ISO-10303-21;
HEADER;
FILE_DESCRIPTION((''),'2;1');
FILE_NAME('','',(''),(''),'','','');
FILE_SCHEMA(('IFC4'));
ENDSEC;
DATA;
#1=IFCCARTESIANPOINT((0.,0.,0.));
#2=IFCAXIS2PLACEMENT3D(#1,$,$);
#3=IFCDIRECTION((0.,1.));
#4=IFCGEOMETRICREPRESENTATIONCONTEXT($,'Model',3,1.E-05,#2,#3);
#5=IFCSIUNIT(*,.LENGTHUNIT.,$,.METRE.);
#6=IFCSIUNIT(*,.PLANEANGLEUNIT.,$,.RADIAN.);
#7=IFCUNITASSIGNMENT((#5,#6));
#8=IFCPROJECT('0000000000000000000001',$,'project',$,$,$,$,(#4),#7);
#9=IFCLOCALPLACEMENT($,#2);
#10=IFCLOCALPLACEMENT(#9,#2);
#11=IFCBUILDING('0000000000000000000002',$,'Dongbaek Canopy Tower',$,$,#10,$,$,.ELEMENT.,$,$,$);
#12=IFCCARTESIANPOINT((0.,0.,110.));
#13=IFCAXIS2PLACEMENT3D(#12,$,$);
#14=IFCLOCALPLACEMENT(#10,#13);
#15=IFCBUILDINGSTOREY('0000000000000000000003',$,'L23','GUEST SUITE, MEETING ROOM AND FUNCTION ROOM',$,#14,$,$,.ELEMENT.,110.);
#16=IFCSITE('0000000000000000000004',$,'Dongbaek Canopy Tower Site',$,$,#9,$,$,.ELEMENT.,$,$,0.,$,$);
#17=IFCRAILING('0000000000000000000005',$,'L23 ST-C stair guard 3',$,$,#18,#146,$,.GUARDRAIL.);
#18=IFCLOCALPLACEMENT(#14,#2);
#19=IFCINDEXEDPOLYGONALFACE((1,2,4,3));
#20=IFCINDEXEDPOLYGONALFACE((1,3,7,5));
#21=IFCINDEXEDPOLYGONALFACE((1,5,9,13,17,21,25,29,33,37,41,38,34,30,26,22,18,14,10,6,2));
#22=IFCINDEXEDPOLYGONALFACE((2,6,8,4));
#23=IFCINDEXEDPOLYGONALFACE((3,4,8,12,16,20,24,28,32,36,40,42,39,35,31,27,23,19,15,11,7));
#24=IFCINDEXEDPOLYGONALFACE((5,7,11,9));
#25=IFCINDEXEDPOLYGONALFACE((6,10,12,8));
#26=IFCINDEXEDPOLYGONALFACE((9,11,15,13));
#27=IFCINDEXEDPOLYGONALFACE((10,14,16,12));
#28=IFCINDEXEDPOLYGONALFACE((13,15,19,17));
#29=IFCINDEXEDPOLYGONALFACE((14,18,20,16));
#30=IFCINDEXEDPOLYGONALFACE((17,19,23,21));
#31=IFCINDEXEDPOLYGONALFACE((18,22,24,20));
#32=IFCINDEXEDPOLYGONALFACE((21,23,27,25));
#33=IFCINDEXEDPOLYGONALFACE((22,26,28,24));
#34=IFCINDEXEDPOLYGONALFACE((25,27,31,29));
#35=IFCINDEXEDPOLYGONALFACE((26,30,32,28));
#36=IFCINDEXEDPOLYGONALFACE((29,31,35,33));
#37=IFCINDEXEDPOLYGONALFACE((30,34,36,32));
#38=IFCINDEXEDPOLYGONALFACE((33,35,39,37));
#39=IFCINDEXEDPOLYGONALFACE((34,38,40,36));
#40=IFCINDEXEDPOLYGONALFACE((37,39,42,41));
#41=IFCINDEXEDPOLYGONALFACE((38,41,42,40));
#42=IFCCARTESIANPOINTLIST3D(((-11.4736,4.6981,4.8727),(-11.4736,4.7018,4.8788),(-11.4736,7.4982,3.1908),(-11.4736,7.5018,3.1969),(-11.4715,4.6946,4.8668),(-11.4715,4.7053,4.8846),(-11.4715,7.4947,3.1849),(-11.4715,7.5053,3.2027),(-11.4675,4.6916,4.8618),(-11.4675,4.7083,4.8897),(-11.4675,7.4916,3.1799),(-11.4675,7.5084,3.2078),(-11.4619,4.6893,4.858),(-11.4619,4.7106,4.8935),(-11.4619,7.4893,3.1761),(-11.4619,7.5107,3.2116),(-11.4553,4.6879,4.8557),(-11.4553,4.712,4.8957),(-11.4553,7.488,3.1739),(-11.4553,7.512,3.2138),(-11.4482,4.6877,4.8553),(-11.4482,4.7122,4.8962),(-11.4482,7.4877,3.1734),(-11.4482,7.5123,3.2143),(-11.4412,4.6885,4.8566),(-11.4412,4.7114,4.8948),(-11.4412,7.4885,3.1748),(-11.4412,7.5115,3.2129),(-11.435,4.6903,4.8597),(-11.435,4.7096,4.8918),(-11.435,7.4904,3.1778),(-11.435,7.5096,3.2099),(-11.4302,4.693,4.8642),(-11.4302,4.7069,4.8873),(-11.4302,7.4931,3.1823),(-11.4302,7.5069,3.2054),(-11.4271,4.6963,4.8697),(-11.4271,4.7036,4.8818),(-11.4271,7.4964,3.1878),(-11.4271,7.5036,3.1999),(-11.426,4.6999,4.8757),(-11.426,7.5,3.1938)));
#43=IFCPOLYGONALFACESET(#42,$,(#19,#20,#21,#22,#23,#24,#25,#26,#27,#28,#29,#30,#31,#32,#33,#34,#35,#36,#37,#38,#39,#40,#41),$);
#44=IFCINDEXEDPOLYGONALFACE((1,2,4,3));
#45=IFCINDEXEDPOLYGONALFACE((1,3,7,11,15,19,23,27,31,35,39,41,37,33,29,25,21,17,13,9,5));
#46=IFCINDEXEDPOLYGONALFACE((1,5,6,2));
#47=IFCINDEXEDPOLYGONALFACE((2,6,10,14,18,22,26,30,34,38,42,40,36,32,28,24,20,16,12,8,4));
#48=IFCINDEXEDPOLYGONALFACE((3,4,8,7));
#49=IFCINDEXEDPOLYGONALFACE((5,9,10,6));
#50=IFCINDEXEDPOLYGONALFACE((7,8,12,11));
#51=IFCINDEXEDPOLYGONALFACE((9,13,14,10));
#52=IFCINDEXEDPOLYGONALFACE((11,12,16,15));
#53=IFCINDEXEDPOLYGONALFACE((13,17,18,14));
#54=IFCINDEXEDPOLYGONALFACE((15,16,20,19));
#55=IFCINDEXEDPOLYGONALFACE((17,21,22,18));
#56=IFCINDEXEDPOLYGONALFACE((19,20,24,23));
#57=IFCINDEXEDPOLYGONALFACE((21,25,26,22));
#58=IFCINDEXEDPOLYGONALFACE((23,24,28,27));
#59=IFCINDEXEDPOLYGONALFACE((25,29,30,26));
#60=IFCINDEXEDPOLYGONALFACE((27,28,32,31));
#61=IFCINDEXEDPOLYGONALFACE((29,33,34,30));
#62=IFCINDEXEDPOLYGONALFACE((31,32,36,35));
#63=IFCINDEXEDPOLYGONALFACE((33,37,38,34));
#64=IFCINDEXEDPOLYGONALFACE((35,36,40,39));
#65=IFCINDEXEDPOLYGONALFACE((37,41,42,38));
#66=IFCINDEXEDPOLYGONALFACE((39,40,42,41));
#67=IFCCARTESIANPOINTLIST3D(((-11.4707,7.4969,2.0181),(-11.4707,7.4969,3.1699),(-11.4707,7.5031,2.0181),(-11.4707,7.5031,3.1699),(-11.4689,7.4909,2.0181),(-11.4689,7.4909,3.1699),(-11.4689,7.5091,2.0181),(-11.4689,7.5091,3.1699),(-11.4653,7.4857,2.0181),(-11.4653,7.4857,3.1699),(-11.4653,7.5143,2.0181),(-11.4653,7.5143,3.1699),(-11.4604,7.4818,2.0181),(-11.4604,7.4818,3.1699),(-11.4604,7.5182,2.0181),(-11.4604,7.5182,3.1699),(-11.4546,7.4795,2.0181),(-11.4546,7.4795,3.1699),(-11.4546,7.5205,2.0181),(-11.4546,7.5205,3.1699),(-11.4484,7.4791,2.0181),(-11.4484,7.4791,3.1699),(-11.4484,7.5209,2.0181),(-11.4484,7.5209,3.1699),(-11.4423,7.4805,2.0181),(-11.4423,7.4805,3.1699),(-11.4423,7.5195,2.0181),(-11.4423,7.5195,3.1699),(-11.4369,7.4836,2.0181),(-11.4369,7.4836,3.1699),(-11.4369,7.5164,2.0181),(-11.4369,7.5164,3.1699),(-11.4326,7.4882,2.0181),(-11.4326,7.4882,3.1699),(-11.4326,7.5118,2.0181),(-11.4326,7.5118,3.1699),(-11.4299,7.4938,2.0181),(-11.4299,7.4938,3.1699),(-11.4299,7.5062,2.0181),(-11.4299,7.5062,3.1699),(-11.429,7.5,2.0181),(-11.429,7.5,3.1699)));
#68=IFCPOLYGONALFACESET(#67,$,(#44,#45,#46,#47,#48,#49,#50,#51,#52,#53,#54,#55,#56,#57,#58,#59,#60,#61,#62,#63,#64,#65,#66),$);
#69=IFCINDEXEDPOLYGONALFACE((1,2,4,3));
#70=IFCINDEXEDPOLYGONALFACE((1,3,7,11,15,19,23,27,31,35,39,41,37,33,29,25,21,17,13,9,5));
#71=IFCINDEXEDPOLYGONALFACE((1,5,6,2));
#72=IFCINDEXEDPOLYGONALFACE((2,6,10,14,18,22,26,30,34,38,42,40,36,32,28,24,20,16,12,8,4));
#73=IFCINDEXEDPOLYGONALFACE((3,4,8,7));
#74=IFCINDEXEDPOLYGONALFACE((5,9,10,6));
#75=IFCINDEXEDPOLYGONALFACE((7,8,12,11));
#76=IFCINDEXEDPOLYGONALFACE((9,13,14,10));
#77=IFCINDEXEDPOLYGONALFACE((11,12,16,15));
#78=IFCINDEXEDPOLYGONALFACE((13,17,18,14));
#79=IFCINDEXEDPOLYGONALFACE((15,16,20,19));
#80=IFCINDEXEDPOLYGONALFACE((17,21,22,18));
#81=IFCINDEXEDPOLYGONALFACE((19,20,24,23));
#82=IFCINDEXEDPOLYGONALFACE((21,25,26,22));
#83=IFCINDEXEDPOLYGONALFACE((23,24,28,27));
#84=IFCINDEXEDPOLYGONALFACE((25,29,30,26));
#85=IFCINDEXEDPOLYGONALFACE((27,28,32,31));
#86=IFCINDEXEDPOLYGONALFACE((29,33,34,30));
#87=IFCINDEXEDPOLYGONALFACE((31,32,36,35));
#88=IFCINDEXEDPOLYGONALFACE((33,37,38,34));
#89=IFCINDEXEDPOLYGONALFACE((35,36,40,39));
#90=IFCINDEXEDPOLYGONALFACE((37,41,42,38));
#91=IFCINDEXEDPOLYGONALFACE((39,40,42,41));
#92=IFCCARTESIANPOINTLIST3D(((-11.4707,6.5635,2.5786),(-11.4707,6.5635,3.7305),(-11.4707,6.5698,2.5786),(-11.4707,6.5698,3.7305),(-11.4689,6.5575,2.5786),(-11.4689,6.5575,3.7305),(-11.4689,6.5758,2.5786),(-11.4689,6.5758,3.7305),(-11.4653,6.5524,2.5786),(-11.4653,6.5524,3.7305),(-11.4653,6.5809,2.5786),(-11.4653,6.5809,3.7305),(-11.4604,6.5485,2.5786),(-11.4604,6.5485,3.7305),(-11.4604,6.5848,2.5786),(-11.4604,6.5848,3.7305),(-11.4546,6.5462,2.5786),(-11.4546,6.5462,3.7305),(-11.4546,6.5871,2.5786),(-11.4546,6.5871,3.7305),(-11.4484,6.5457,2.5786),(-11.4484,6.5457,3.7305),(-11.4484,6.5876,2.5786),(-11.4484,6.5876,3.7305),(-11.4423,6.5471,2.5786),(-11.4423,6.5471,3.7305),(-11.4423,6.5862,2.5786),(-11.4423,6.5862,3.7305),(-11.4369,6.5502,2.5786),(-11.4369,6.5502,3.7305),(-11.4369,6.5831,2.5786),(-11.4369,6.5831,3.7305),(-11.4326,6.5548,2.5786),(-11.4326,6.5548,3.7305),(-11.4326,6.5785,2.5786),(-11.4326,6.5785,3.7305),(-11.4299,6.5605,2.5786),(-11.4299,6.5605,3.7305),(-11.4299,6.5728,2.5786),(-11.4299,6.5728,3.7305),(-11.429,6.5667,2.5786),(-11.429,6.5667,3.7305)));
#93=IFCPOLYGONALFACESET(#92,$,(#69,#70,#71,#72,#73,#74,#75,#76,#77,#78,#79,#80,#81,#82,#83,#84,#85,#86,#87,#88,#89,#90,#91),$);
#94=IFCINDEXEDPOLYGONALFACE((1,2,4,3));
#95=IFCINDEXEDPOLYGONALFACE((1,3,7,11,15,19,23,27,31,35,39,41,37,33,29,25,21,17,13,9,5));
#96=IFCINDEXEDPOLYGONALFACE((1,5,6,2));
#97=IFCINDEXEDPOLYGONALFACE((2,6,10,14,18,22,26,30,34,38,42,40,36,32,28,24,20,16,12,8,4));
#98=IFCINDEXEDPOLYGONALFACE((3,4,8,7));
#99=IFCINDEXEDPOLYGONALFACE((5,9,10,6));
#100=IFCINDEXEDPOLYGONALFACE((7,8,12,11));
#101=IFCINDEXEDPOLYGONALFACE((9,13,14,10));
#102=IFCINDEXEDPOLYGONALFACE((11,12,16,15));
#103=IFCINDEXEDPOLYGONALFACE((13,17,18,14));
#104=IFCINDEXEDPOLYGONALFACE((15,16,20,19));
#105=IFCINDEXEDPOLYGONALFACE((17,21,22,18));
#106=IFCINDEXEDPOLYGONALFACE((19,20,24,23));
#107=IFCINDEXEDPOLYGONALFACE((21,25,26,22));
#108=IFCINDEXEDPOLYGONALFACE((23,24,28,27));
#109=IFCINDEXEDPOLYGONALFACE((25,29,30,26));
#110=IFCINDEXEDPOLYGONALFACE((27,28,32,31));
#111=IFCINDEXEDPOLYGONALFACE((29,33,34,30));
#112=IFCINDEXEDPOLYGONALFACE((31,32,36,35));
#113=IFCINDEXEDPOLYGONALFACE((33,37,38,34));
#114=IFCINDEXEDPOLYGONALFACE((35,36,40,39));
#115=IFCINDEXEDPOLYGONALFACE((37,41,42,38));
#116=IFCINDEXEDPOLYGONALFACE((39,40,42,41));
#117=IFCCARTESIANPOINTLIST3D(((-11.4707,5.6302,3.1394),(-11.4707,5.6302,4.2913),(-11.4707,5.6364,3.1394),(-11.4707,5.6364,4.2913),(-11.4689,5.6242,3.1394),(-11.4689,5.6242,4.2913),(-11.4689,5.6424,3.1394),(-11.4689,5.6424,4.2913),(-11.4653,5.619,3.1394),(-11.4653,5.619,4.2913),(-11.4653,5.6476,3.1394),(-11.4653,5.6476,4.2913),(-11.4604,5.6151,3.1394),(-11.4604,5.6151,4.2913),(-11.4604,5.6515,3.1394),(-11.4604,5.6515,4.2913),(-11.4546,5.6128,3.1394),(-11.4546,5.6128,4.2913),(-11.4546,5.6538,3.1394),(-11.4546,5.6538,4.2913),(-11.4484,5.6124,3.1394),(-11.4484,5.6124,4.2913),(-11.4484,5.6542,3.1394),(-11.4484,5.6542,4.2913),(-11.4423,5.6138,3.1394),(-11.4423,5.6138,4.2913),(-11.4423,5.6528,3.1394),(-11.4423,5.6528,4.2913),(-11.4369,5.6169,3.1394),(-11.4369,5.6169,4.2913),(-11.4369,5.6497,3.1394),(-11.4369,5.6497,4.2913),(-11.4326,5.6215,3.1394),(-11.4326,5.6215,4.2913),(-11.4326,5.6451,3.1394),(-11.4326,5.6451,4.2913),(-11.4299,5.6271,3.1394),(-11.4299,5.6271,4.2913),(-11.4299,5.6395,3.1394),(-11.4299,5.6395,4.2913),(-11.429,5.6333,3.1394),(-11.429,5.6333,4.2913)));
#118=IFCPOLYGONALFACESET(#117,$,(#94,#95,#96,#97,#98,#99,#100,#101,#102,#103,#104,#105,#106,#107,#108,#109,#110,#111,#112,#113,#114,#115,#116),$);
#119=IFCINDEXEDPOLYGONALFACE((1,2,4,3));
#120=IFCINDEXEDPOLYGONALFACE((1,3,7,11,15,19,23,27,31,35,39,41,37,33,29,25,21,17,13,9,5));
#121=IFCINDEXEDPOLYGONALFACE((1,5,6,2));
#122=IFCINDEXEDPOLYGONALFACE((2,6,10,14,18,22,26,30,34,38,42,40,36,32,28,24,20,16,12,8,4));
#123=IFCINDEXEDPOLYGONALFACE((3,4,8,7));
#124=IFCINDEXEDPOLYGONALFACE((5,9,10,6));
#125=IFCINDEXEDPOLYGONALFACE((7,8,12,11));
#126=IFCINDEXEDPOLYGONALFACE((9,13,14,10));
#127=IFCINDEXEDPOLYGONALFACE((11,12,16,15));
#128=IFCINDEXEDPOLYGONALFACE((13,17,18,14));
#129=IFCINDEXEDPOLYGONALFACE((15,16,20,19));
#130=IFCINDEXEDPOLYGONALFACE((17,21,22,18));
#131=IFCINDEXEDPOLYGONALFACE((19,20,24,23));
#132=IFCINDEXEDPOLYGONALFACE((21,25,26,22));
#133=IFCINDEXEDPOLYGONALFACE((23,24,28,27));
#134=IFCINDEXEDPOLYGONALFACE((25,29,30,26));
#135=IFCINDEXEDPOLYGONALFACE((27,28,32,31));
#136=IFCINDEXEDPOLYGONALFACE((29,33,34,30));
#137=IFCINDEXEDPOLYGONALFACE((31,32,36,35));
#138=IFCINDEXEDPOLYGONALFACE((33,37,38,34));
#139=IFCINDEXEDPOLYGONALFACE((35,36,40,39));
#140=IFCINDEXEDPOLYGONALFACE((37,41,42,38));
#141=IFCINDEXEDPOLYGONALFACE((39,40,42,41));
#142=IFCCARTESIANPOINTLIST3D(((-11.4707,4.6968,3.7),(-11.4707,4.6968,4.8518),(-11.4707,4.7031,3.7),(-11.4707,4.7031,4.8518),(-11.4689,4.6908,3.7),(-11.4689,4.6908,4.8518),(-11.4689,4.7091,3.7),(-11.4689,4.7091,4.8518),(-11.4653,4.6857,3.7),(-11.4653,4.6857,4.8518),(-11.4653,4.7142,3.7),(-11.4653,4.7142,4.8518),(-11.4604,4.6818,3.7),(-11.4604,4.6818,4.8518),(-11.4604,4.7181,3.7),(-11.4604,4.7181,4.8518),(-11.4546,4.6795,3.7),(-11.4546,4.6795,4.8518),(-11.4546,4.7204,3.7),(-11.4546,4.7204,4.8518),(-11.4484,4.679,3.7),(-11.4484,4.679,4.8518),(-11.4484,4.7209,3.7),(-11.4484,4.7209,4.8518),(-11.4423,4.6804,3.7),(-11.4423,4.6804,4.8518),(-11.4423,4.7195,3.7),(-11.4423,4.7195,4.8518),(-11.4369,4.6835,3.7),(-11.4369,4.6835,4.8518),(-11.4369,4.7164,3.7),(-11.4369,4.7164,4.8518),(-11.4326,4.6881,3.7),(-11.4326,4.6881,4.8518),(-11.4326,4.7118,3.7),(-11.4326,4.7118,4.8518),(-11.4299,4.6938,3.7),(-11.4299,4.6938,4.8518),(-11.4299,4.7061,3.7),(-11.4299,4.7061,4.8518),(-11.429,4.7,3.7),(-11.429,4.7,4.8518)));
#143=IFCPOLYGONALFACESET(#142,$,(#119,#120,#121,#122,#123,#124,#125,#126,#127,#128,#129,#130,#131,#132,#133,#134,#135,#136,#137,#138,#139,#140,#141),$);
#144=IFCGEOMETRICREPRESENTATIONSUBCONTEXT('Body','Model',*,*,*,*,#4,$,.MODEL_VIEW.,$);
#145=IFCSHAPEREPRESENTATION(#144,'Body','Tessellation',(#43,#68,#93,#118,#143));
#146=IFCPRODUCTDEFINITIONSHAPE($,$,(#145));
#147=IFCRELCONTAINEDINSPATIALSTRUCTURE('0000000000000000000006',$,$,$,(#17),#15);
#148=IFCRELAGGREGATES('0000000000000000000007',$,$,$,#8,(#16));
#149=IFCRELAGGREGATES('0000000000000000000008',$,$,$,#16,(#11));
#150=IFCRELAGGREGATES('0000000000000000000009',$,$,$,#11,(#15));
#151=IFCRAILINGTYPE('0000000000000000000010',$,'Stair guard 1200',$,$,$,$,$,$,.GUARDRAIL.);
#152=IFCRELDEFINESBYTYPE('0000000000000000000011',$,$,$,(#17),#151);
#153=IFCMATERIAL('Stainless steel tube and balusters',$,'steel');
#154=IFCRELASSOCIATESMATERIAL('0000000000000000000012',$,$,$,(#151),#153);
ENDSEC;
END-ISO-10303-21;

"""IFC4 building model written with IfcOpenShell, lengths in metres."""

from ifc_helpers import new_model, si_unit, direction, frame, origin, origin_2d, place, context, subcontext, project, spatial, circle, extrude, material, type_object, element, save


model = new_model("IFC4")

# Units and contexts
model_context = context("Model", 3, precision=1e-05, world=origin(), true_north=direction((0.0, 1.0)))
body_context = subcontext(model_context, "Body", "Model", "MODEL_VIEW")
ifc_project = project(units=[si_unit("LENGTHUNIT", "METRE"), si_unit("PLANEANGLEUNIT", "RADIAN")], contexts=[model_context])

# Site, building, storey
site_placement = place(None, origin())
site = spatial("IfcSite", under=ifc_project, at=site_placement, Name="Dongbaek Canopy Tower Site", CompositionType="ELEMENT", RefElevation=0.0)
building_placement = place(site_placement, origin())
building = spatial("IfcBuilding", under=site, at=building_placement, Name="Dongbaek Canopy Tower", CompositionType="ELEMENT")
storey_placement = place(building_placement, frame((0.0, 0.0, 110.0)))
storey = spatial("IfcBuildingStorey", under=building, at=storey_placement, Name="L23", Description="GUEST SUITE, MEETING ROOM AND FUNCTION ROOM", CompositionType="ELEMENT", Elevation=110.0)

# Railing
ifc_material_1 = material(Name="Stainless steel tube and balusters", Category="steel")
railing_type_1 = type_object("IfcRailingType", Name="Stair guard 1200", PredefinedType="GUARDRAIL", material=ifc_material_1)
railing_1_placement = place(storey_placement, frame((-11.45, 7.5, 2.0181)))
element("IfcRailing", 1, at=railing_1_placement, inside=storey, type_object=railing_type_1, Name="L23 ST-C stair guard 3", PredefinedType="GUARDRAIL", context=body_context, shape_type="SweptSolid", body=[
    extrude(circle(Radius=0.0239, at=origin_2d()), frame((0.0, 0.0, 1.1758), z_axis=(0.0, -0.857242, 0.514913), x_axis=(1.0, 0.0, 0.0)), (0.0, 0.0, 1.0), 3.2664),
    extrude(circle(Radius=0.021, at=origin_2d()), origin(), (0.0, 0.0, 1.0), 1.1519),
    extrude(circle(Radius=0.021, at=origin_2d()), frame((0.0, -0.9333, 0.5605)), (0.0, 0.0, 1.0), 1.1519),
    extrude(circle(Radius=0.021, at=origin_2d()), frame((0.0, -1.8667, 1.1213)), (0.0, 0.0, 1.0), 1.1519),
    extrude(circle(Radius=0.021, at=origin_2d()), frame((0.0, -2.8, 1.6819)), (0.0, 0.0, 1.0), 1.1519),
])

save(model, "model.ifc")
